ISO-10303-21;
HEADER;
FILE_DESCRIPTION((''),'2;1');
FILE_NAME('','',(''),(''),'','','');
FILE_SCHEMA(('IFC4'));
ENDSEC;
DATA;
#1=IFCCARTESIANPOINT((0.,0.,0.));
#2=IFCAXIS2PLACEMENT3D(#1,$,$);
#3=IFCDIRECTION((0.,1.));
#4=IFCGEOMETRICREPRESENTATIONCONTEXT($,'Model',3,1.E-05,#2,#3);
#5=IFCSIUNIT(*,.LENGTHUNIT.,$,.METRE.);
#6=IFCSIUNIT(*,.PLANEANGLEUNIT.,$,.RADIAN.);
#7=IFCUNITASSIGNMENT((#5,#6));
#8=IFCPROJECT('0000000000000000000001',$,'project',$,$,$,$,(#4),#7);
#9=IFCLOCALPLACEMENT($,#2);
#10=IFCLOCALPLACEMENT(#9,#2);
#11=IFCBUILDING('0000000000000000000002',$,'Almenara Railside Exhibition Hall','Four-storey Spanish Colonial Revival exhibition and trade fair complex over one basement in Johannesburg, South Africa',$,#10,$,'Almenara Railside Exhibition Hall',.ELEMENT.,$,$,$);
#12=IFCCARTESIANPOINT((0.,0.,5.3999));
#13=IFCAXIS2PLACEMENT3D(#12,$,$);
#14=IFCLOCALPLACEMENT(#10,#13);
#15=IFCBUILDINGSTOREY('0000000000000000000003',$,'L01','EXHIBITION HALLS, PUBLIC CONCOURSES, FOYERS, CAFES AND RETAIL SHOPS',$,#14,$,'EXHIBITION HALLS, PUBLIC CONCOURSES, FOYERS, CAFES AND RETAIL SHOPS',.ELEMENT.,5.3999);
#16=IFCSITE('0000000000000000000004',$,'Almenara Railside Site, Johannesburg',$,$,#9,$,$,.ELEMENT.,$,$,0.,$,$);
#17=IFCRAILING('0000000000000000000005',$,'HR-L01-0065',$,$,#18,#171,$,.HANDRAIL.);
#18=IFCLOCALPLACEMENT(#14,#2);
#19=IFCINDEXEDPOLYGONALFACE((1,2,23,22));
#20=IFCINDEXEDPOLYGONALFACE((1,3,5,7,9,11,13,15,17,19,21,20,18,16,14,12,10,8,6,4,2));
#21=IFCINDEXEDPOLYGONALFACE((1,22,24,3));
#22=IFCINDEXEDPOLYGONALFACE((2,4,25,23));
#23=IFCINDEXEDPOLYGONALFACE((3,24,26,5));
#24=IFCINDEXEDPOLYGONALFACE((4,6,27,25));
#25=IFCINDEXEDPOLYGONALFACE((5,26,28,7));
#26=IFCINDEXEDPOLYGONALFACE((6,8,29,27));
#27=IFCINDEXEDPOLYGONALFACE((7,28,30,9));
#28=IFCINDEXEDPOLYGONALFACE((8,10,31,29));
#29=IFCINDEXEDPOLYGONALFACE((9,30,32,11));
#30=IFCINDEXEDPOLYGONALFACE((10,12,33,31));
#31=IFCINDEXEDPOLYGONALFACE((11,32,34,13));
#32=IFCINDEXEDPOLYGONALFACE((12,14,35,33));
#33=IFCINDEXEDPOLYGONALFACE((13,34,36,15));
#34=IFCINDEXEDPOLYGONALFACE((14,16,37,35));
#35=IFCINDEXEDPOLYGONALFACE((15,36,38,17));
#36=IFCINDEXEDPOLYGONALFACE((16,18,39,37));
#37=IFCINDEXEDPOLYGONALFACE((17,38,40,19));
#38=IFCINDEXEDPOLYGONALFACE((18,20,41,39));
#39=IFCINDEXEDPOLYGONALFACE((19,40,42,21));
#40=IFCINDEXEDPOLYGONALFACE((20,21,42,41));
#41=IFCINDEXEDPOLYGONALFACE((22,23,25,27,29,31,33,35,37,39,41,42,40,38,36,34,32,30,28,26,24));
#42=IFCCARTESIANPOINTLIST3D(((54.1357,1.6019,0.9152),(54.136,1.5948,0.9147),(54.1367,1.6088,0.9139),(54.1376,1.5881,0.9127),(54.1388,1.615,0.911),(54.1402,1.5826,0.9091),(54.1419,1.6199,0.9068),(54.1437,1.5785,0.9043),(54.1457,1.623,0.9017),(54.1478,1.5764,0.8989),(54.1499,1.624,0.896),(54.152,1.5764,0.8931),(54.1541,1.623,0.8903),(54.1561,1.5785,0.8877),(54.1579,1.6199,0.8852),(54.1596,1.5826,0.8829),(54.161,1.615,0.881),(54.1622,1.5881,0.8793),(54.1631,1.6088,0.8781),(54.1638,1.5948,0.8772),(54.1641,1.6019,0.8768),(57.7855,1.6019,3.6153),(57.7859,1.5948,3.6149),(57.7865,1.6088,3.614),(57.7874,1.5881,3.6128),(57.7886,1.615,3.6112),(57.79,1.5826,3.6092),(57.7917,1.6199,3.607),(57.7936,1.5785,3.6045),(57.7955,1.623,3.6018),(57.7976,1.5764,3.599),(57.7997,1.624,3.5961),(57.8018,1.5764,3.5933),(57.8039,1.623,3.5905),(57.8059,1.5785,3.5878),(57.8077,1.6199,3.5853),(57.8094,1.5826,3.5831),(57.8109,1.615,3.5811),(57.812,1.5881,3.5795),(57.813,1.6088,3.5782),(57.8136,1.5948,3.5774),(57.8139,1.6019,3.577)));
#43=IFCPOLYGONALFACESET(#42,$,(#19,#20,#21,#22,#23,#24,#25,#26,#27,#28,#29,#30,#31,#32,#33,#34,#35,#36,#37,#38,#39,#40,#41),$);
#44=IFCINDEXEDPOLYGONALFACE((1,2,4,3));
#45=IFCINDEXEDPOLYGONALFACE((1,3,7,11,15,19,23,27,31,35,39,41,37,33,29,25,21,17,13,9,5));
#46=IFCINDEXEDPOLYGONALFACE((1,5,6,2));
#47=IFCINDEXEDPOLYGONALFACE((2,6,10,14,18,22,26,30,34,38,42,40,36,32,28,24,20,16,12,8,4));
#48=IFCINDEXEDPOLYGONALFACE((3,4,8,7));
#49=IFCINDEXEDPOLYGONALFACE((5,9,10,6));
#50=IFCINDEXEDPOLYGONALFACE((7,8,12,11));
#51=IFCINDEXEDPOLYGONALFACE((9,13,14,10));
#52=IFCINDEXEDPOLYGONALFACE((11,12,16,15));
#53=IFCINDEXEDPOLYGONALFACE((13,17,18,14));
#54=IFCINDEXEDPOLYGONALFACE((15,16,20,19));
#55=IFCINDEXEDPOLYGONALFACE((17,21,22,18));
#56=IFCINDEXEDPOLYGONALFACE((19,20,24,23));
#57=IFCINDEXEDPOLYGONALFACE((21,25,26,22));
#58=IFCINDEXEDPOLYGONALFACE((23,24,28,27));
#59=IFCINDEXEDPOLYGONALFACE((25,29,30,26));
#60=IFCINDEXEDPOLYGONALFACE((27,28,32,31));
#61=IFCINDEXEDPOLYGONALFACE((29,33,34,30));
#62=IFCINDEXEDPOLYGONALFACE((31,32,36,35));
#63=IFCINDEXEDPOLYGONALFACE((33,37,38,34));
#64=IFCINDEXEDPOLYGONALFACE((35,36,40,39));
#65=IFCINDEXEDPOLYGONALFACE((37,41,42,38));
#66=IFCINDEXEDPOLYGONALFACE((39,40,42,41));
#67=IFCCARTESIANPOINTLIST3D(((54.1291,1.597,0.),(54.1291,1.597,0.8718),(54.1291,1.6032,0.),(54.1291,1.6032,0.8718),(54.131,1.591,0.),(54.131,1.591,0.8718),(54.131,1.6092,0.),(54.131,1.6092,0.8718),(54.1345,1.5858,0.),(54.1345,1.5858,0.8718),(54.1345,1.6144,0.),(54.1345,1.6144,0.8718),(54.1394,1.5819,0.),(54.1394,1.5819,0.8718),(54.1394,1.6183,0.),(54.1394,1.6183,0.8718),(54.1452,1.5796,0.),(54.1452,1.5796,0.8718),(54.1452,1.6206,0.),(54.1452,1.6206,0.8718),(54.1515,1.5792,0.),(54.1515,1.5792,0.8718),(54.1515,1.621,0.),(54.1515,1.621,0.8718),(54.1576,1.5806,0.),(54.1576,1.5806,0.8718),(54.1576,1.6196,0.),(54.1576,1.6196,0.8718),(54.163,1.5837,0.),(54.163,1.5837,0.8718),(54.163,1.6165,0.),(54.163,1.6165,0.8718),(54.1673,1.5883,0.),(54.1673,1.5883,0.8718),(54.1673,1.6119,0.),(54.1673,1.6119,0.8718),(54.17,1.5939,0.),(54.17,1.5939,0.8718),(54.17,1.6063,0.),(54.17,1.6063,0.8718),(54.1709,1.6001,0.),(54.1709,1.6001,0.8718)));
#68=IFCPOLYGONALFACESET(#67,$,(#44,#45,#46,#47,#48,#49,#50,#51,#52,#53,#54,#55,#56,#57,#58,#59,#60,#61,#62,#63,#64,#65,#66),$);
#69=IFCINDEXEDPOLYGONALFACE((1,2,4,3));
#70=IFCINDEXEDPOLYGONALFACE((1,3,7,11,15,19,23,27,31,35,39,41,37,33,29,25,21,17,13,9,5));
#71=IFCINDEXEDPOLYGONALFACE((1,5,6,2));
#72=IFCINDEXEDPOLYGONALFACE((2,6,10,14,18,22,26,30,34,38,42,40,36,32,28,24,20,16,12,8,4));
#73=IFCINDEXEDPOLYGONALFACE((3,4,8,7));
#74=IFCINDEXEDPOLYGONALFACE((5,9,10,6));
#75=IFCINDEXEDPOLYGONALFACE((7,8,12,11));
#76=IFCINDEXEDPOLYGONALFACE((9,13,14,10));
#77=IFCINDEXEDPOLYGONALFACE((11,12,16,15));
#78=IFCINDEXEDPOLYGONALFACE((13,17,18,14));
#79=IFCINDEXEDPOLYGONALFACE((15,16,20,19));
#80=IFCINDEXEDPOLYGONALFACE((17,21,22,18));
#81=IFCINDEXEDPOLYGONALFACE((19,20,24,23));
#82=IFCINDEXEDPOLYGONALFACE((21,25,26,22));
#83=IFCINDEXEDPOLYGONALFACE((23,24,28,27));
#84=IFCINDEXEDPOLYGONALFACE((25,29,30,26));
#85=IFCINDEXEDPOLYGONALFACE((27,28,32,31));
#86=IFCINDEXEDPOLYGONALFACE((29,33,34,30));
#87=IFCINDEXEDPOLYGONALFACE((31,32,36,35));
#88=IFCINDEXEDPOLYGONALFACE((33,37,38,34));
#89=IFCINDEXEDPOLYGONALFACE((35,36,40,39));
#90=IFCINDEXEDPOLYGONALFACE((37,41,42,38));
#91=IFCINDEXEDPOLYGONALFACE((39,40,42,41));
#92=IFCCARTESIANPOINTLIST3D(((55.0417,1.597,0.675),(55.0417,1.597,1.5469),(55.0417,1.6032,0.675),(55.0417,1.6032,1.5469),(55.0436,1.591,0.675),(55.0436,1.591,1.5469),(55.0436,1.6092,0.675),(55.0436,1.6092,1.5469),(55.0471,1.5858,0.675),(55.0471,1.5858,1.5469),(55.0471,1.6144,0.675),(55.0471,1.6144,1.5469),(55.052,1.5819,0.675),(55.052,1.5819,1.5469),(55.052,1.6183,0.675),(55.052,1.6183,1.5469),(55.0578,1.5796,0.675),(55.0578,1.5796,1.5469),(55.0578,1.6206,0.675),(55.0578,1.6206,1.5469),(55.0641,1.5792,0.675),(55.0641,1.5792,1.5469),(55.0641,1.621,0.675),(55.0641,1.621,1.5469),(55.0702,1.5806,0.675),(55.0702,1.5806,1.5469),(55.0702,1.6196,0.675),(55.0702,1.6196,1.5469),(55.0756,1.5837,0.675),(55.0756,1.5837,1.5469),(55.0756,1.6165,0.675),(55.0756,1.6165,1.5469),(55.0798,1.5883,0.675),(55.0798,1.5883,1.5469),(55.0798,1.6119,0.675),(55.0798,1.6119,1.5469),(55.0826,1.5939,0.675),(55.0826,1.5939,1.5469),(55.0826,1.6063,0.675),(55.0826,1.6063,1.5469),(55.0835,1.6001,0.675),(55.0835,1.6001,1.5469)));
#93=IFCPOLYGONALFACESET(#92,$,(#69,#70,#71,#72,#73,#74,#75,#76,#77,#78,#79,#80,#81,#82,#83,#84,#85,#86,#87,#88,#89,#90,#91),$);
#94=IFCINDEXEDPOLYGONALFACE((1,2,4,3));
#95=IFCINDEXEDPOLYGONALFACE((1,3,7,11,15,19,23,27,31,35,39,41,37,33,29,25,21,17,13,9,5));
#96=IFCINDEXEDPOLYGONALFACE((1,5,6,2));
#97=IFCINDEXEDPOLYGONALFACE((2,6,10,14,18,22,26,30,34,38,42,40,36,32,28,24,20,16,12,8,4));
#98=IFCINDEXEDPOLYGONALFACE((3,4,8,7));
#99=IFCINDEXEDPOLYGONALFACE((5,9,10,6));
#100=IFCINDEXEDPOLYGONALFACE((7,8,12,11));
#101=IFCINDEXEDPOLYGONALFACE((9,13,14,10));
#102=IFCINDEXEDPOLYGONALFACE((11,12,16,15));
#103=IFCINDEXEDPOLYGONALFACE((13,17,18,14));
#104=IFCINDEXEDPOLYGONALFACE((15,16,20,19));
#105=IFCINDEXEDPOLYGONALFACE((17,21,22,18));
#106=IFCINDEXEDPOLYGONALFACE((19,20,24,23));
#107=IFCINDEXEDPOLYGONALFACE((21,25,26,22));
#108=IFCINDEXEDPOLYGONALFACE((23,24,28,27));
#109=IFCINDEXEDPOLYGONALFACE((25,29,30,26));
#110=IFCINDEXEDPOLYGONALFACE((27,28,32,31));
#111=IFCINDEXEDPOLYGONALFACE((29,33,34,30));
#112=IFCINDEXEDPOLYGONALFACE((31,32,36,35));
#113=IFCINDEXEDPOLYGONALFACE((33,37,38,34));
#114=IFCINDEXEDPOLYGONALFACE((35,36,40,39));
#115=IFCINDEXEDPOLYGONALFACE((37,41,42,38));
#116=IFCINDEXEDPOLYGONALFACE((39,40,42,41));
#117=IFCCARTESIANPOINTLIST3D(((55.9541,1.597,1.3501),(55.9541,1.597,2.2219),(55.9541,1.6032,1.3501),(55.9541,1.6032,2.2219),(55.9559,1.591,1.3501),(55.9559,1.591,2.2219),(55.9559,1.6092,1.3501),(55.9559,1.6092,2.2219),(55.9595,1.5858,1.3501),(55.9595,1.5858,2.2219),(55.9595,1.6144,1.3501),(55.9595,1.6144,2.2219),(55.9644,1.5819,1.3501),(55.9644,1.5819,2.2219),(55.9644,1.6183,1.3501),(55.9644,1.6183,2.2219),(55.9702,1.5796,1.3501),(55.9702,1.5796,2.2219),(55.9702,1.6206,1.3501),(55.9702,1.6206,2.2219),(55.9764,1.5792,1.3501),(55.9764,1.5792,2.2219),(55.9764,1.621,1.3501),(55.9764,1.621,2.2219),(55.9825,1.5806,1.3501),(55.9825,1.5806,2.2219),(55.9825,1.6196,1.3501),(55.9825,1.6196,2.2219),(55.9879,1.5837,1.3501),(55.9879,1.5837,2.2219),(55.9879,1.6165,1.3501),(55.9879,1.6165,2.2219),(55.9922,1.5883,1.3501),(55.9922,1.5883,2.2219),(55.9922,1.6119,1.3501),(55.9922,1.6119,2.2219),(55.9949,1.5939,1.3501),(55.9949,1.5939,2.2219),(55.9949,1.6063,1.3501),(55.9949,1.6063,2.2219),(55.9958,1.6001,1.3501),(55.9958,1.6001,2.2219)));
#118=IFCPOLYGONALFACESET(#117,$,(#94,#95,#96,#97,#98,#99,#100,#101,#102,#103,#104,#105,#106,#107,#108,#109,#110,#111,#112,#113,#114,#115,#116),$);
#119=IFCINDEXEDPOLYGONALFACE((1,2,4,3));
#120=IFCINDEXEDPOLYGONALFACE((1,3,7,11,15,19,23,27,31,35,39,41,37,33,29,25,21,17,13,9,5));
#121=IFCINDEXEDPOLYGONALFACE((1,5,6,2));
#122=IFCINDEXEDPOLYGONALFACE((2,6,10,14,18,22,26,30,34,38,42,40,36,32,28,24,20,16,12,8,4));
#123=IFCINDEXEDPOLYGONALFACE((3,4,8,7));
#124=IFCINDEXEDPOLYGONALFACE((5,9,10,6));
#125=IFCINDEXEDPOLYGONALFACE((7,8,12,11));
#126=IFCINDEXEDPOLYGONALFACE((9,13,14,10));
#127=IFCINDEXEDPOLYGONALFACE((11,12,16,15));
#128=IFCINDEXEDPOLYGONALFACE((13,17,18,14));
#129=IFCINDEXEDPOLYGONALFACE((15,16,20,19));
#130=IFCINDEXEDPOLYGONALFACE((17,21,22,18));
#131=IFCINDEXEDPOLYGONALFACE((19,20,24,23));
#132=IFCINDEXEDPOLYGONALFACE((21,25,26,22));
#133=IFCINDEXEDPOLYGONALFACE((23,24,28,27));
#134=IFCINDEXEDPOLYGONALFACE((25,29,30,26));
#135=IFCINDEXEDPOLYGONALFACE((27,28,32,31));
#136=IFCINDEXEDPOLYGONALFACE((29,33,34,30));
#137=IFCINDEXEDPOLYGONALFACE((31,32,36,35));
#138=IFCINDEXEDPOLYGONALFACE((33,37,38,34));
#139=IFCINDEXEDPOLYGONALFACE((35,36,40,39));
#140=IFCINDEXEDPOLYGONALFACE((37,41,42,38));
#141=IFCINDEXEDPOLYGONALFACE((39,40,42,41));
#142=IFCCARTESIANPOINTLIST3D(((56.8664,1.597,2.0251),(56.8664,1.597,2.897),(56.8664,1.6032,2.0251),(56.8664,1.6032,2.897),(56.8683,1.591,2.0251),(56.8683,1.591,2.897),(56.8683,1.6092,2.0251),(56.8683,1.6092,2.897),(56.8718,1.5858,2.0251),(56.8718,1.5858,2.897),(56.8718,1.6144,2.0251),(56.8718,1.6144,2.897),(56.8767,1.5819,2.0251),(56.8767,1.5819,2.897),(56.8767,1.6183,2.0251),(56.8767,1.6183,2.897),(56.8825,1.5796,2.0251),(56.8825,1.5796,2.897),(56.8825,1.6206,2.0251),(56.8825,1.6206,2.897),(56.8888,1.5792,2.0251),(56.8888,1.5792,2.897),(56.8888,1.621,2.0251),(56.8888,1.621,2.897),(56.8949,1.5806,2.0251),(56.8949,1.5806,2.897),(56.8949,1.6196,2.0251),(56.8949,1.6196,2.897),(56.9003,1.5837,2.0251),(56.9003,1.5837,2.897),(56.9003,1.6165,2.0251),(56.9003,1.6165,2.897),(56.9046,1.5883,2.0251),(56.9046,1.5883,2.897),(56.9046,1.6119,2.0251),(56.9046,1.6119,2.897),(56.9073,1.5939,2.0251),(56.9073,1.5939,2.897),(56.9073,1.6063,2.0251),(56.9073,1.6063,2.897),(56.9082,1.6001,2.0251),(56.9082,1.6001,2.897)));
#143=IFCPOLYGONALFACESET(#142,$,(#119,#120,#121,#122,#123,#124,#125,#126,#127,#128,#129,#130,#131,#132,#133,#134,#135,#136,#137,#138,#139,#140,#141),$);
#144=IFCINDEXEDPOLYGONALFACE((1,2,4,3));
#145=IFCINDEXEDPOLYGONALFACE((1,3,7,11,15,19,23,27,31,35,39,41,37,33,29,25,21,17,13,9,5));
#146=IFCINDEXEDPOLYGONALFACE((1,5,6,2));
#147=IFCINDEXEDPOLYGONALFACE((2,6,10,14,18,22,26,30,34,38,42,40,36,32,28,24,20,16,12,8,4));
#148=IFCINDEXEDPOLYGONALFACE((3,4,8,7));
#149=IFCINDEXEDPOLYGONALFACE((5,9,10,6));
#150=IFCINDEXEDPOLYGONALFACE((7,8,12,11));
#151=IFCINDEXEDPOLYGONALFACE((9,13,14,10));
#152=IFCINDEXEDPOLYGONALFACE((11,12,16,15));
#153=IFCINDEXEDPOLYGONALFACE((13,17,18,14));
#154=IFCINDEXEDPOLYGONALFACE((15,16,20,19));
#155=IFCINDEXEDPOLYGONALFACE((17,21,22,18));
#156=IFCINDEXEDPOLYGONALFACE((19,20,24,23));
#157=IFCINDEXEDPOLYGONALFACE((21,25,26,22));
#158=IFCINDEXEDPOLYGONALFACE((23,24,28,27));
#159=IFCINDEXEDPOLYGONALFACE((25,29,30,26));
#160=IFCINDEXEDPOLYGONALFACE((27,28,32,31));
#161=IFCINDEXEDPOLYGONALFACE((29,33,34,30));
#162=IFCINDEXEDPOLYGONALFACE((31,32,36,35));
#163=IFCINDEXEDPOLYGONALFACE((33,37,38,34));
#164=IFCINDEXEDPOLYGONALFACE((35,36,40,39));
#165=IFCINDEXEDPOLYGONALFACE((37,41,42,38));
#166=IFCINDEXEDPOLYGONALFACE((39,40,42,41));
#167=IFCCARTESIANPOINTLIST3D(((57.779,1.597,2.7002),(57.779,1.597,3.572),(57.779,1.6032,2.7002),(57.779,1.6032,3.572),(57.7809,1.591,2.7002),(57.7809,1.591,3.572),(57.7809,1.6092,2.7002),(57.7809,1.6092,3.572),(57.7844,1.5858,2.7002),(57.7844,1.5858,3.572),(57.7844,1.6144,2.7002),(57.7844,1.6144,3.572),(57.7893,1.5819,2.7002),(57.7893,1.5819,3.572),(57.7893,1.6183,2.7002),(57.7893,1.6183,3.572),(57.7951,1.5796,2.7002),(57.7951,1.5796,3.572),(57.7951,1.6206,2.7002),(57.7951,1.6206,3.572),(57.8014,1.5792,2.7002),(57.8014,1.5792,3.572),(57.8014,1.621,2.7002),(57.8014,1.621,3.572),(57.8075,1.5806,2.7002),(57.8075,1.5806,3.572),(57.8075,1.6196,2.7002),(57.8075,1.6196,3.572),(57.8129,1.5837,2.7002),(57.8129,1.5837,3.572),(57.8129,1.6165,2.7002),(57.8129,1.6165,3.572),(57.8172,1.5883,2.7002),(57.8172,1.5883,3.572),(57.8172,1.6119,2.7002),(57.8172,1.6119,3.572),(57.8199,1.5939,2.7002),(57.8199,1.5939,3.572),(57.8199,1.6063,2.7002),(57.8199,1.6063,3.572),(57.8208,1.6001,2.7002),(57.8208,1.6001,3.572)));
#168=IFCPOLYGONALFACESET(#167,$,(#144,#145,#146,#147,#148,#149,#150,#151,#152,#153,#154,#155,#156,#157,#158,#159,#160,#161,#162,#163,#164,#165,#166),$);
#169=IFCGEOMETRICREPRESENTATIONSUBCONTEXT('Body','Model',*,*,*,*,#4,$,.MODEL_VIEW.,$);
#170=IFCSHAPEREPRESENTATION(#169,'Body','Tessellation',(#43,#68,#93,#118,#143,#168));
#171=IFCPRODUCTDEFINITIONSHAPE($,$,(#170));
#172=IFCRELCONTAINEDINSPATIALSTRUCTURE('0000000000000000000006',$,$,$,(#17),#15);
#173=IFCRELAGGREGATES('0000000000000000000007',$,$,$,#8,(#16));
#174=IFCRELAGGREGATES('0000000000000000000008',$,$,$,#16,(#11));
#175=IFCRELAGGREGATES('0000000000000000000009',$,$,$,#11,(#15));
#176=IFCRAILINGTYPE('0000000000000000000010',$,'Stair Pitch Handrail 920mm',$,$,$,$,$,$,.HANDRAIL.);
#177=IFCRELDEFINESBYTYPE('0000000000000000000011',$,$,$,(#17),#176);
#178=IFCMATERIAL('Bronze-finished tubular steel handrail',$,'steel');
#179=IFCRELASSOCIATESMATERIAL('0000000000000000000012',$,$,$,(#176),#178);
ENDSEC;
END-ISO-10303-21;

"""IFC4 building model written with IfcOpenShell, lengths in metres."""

from ifc_helpers import new_model, si_unit, direction, frame, origin, origin_2d, place, context, subcontext, project, spatial, circle, extrude, material, type_object, element, save


model = new_model("IFC4")

# Units and contexts
model_context = context("Model", 3, precision=1e-05, world=origin(), true_north=direction((0.0, 1.0)))
body_context = subcontext(model_context, "Body", "Model", "MODEL_VIEW")
ifc_project = project(units=[si_unit("LENGTHUNIT", "METRE"), si_unit("PLANEANGLEUNIT", "RADIAN")], contexts=[model_context])

# Site, building, storey
site_placement = place(None, origin())
site = spatial("IfcSite", under=ifc_project, at=site_placement, Name="Almenara Railside Site, Johannesburg", CompositionType="ELEMENT", RefElevation=0.0)
building_placement = place(site_placement, origin())
building = spatial("IfcBuilding", under=site, at=building_placement, Name="Almenara Railside Exhibition Hall", Description="Four-storey Spanish Colonial Revival exhibition and trade fair complex over one basement in Johannesburg, South Africa", LongName="Almenara Railside Exhibition Hall", CompositionType="ELEMENT")
storey_placement = place(building_placement, frame((0.0, 0.0, 5.3999)))
storey = spatial("IfcBuildingStorey", under=building, at=storey_placement, Name="L01", Description="EXHIBITION HALLS, PUBLIC CONCOURSES, FOYERS, CAFES AND RETAIL SHOPS", LongName="EXHIBITION HALLS, PUBLIC CONCOURSES, FOYERS, CAFES AND RETAIL SHOPS", CompositionType="ELEMENT", Elevation=5.3999)

# Railing
ifc_material_1 = material(Name="Bronze-finished tubular steel handrail", Category="steel")
railing_type_1 = type_object("IfcRailingType", Name="Stair Pitch Handrail 920mm", PredefinedType="HANDRAIL", material=ifc_material_1)
railing_1_placement = place(storey_placement, frame((54.1499, 1.6001, 0.0)))
element("IfcRailing", 1, at=railing_1_placement, inside=storey, type_object=railing_type_1, Name="HR-L01-0065", PredefinedType="HANDRAIL", context=body_context, shape_type="SweptSolid", body=[
    extrude(circle(Radius=0.0239, at=origin_2d()), frame((0.0, 0.0, 0.896), z_axis=(0.803919, 0.0, 0.594739), x_axis=(0.0, 1.0, 0.0)), (0.0, 0.0, 1.0), 4.54),
    extrude(circle(Radius=0.021, at=origin_2d()), origin(), (0.0, 0.0, 1.0), 0.8718),
    extrude(circle(Radius=0.021, at=origin_2d()), frame((0.9126, 0.0, 0.675)), (0.0, 0.0, 1.0), 0.8718),
    extrude(circle(Radius=0.021, at=origin_2d()), frame((1.825, 0.0, 1.3501)), (0.0, 0.0, 1.0), 0.8718),
    extrude(circle(Radius=0.021, at=origin_2d()), frame((2.7373, 0.0, 2.0251)), (0.0, 0.0, 1.0), 0.8718),
    extrude(circle(Radius=0.021, at=origin_2d()), frame((3.6499, 0.0, 2.7002)), (0.0, 0.0, 1.0), 0.8718),
])

save(model, "model.ifc")
